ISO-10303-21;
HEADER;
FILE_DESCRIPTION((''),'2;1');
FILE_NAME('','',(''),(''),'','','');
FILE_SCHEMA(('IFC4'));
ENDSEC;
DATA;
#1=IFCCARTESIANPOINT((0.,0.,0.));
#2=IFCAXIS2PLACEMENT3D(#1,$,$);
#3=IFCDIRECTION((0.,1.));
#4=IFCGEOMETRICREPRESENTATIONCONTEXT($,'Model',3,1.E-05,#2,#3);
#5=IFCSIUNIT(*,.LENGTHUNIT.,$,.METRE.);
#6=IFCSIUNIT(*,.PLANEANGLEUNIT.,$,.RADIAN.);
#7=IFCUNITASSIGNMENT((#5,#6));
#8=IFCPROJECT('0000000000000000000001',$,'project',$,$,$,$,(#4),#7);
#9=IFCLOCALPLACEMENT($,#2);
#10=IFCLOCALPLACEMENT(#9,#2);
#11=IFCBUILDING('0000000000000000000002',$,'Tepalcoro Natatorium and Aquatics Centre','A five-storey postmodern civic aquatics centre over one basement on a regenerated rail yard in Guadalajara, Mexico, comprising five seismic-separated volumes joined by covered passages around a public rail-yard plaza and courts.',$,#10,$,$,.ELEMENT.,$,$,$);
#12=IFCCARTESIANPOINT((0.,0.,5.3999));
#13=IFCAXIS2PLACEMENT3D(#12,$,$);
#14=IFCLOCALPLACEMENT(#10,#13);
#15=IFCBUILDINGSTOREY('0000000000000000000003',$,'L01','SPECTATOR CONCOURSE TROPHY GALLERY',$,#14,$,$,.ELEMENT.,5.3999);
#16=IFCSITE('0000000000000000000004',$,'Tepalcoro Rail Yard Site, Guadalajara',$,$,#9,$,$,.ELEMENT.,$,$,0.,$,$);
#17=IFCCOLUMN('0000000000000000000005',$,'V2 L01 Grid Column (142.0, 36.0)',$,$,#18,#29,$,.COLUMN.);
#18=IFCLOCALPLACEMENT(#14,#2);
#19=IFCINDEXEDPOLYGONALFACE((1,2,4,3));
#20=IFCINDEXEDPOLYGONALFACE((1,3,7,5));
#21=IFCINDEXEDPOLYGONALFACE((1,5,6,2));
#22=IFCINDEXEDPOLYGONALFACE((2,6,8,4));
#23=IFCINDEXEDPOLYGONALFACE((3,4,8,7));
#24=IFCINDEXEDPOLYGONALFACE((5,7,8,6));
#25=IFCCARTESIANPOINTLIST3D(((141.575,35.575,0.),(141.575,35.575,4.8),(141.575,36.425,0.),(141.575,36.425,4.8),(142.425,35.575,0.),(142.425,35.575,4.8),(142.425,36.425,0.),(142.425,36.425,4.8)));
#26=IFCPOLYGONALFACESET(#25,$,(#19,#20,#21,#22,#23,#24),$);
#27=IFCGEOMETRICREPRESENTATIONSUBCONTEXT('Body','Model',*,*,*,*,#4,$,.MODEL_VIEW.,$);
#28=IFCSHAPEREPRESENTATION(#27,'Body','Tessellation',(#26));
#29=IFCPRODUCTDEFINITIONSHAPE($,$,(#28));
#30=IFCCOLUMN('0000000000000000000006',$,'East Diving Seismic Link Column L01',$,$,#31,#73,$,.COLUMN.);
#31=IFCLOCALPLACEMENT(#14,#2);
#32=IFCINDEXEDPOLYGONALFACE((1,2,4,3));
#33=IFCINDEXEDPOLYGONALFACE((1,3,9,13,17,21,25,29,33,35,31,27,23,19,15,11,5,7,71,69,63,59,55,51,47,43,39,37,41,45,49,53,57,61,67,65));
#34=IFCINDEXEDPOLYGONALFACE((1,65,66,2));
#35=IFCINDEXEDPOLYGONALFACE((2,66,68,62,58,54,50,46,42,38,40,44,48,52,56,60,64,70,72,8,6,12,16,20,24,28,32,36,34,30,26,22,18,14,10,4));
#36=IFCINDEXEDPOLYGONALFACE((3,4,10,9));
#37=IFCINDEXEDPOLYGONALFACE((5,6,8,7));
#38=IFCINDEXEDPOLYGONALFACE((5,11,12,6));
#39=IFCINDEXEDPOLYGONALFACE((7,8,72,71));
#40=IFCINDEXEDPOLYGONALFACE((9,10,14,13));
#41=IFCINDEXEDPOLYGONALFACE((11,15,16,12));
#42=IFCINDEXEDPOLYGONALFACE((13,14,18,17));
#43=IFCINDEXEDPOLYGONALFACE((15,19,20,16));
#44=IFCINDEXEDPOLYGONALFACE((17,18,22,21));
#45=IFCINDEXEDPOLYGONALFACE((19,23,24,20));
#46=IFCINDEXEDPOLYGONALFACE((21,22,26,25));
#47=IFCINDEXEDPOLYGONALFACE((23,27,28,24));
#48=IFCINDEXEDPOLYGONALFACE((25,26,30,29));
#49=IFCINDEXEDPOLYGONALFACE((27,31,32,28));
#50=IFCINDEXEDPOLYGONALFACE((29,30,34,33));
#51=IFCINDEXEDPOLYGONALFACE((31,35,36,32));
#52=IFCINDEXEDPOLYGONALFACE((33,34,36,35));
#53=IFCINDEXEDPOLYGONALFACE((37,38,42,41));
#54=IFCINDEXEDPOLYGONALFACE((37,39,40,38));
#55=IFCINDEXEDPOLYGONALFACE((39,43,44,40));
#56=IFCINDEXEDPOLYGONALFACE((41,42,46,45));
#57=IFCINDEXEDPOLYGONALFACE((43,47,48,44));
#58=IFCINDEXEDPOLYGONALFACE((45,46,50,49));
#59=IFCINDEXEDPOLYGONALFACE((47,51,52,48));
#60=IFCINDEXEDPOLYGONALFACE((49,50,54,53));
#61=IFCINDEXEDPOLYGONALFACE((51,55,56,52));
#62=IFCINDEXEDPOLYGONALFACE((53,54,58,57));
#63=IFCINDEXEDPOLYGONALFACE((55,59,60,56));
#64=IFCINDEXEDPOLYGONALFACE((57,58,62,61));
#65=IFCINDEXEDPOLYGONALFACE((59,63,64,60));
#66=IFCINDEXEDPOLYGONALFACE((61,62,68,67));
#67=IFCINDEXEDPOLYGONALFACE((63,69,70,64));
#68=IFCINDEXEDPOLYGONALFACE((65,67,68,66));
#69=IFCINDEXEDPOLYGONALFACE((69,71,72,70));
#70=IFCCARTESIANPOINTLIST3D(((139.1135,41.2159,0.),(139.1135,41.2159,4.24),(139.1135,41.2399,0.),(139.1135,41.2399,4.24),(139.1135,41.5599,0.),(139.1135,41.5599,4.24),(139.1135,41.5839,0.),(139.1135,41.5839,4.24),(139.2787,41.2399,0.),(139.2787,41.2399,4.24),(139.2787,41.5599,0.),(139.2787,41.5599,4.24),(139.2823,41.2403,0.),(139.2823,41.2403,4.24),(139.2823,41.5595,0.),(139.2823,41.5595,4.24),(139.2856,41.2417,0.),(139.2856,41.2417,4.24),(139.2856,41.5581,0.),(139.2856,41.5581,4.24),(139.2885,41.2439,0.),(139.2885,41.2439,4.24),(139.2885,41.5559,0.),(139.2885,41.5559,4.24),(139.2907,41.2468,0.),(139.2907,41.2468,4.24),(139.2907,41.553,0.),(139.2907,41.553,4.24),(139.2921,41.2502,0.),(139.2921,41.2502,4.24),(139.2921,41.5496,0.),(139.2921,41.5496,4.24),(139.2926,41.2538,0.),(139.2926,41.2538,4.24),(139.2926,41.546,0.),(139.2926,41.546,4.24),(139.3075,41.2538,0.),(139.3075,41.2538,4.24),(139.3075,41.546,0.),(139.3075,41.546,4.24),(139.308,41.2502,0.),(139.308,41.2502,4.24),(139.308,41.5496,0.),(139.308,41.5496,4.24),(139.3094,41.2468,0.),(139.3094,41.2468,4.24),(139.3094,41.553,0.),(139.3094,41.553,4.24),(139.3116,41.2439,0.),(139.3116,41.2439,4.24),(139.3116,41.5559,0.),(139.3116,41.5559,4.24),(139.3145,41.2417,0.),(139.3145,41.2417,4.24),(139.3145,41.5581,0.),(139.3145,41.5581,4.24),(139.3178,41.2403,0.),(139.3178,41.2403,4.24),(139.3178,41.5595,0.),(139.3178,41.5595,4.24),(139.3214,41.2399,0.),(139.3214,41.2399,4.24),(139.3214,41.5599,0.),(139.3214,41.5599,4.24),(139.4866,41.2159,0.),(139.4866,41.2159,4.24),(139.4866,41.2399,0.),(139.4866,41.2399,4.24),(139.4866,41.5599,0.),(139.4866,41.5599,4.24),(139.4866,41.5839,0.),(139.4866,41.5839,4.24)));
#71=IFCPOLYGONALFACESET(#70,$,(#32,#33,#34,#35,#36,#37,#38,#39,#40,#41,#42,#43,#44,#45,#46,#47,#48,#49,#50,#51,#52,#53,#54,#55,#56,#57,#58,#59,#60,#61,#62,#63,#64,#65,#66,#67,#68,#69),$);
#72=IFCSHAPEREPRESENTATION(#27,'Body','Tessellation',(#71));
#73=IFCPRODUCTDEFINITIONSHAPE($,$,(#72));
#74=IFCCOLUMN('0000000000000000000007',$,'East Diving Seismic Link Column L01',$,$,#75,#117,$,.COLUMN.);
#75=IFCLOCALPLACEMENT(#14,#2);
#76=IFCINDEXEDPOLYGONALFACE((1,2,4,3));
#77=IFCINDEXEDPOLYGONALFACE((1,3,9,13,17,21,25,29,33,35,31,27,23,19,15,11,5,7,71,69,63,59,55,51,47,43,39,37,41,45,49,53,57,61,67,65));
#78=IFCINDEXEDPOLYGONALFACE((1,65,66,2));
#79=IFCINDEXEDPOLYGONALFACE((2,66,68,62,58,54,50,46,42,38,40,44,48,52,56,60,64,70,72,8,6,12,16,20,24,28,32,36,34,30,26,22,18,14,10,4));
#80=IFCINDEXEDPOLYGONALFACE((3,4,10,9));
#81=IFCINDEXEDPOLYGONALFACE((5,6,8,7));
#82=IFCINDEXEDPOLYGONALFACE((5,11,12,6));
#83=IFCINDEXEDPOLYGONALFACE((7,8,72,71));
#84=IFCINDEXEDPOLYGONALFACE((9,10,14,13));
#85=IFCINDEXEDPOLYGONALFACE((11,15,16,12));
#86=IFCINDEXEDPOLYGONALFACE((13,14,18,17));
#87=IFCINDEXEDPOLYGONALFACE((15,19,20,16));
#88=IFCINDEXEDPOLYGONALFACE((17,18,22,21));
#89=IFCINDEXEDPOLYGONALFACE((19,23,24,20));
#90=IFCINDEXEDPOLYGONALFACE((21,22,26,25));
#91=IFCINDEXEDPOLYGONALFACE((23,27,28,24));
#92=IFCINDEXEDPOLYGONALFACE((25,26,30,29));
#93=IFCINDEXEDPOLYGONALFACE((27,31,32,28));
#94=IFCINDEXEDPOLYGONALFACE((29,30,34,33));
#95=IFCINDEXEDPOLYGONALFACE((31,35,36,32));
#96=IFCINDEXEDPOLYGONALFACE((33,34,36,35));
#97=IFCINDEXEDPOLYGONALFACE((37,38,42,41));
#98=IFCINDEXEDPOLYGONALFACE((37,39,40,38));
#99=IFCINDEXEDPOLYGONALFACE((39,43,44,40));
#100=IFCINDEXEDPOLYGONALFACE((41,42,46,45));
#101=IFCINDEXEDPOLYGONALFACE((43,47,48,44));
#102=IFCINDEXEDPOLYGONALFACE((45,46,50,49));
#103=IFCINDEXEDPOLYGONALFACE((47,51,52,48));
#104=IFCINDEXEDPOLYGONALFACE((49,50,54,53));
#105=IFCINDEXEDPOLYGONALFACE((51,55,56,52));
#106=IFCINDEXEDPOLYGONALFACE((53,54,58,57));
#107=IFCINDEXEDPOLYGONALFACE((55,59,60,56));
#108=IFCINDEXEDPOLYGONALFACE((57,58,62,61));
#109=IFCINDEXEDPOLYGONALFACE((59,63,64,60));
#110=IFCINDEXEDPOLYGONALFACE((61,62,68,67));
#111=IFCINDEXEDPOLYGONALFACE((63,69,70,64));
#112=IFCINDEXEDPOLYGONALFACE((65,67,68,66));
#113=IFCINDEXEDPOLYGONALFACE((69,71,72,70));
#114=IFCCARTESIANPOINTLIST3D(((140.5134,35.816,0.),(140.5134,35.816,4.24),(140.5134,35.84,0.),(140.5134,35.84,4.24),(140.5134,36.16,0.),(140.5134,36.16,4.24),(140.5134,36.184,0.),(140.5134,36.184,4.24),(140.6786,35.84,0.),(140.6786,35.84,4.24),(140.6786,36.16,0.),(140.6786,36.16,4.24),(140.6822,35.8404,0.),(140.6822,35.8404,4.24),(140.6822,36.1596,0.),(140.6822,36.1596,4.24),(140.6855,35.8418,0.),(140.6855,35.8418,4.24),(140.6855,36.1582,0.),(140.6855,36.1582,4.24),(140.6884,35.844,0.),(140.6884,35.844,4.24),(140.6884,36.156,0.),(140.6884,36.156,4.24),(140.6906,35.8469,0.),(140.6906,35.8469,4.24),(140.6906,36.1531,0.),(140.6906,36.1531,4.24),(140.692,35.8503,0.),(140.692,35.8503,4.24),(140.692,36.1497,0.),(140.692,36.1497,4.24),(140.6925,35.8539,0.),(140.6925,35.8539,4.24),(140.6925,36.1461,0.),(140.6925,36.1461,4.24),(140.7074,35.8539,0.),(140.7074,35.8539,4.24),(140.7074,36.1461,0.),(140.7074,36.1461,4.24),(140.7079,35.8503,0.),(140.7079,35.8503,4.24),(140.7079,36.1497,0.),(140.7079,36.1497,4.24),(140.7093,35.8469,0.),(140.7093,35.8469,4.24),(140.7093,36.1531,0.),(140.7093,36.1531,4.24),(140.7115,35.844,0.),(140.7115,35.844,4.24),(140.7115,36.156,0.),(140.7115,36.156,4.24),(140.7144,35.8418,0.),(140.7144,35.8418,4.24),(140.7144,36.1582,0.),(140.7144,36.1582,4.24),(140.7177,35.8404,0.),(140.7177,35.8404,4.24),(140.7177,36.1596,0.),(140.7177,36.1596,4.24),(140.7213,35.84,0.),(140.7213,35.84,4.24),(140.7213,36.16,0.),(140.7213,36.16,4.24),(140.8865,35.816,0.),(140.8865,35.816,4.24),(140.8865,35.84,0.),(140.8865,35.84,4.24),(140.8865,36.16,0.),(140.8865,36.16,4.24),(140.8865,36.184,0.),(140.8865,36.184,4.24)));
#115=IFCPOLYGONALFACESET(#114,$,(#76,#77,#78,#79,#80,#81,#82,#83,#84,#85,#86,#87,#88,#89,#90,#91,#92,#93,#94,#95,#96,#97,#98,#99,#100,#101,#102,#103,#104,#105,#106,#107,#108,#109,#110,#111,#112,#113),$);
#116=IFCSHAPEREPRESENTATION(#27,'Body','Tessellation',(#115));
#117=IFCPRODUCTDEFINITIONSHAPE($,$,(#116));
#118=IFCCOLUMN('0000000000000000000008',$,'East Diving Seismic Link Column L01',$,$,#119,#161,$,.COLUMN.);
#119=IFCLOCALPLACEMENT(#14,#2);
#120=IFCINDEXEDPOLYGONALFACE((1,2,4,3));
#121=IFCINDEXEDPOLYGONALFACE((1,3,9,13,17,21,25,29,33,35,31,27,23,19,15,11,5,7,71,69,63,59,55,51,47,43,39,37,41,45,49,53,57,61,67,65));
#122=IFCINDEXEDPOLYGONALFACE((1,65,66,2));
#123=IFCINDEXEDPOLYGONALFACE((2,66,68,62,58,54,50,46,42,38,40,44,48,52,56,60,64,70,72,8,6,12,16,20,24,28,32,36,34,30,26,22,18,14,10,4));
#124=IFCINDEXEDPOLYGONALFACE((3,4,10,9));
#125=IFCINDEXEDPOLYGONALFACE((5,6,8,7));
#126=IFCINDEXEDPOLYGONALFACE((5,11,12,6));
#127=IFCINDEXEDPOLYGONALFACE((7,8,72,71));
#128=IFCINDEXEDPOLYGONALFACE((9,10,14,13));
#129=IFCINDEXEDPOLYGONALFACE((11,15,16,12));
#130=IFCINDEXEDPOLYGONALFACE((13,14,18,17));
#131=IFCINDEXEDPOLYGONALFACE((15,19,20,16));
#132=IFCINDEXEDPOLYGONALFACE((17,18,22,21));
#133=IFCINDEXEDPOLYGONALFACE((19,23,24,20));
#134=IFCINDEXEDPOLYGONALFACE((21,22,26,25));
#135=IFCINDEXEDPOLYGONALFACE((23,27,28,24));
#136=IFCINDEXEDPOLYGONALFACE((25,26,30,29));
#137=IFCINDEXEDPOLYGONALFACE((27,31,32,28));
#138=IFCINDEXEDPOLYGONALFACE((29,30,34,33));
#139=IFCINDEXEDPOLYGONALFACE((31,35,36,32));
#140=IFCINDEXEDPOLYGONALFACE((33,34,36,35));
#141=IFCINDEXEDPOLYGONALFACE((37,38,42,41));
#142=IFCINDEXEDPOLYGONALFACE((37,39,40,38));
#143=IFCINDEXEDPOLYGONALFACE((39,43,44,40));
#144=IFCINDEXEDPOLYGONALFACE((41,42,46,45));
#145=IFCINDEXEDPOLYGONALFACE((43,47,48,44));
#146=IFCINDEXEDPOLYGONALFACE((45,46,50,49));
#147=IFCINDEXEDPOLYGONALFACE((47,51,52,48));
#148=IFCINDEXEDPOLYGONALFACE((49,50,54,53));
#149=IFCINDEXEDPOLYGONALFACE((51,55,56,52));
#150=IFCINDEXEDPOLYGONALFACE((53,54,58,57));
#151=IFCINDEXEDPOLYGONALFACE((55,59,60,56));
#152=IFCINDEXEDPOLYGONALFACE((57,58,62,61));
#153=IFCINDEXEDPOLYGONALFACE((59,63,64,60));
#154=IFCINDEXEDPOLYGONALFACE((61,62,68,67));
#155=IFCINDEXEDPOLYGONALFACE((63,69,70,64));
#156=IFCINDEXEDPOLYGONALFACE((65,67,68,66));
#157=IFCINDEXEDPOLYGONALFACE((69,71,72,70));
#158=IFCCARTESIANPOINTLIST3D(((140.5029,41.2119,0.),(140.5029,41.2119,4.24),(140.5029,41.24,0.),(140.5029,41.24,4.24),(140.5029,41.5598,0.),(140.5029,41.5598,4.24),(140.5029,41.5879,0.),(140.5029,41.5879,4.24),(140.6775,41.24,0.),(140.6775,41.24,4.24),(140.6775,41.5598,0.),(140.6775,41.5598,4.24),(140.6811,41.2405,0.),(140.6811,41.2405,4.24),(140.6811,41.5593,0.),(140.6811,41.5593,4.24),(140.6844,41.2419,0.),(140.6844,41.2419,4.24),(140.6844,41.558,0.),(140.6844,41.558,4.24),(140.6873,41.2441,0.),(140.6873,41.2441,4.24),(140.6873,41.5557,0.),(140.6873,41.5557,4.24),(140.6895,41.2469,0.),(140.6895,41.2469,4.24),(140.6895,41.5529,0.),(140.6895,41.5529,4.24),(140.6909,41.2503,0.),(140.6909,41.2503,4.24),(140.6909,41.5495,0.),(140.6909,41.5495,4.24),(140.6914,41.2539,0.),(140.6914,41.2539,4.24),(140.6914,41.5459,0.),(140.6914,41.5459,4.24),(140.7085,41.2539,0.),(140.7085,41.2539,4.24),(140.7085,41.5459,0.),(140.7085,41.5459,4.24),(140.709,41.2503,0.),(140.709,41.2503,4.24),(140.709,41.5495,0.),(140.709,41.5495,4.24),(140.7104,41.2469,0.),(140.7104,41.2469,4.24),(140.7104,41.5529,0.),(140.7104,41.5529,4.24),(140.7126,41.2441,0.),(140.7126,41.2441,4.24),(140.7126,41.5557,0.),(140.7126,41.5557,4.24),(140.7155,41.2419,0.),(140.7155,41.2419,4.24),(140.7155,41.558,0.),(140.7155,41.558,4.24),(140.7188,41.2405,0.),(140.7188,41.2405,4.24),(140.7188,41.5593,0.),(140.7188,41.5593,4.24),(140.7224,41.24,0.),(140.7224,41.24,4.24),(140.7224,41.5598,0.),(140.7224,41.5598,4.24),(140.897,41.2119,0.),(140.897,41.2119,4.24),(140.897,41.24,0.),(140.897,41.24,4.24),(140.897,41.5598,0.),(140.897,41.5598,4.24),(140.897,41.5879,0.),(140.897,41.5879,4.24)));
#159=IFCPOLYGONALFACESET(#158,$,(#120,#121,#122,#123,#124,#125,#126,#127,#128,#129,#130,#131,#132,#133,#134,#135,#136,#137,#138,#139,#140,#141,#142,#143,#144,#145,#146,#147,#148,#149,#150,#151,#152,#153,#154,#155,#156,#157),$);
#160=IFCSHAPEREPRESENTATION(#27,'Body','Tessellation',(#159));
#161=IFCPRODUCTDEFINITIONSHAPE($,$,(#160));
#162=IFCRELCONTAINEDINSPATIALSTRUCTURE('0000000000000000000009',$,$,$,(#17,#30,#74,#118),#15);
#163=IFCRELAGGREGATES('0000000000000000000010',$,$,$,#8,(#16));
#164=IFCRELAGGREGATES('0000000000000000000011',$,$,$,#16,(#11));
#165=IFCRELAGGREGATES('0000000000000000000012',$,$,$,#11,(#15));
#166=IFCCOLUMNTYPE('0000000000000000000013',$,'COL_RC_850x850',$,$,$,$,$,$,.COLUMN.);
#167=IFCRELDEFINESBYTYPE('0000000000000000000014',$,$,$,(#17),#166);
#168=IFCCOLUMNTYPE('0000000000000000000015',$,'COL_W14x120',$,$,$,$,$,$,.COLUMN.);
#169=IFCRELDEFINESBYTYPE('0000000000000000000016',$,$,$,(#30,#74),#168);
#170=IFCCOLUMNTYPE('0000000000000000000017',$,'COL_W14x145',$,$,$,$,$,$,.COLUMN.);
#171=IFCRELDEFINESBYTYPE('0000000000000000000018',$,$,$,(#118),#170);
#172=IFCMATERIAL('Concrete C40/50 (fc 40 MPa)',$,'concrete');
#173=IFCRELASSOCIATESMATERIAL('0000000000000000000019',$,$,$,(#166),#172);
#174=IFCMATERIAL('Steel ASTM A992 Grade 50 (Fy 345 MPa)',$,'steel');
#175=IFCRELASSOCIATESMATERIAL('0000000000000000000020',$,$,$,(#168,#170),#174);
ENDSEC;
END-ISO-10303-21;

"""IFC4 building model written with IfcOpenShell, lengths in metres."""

from ifc_helpers import new_model, si_unit, direction, frame, origin, origin_2d, place, context, subcontext, project, spatial, rectangle, i_section, extrude, material, material_profile, profile_set, type_object, element, save


model = new_model("IFC4")

# Units and contexts
model_context = context("Model", 3, precision=1e-05, world=origin(), true_north=direction((0.0, 1.0)))
body_context = subcontext(model_context, "Body", "Model", "MODEL_VIEW")
ifc_project = project(units=[si_unit("LENGTHUNIT", "METRE"), si_unit("PLANEANGLEUNIT", "RADIAN")], contexts=[model_context])

# Site, building, storey
site_placement = place(None, origin())
site = spatial("IfcSite", under=ifc_project, at=site_placement, Name="Tepalcoro Rail Yard Site, Guadalajara", CompositionType="ELEMENT", RefElevation=0.0)
building_placement = place(site_placement, origin())
building = spatial("IfcBuilding", under=site, at=building_placement, Name="Tepalcoro Natatorium and Aquatics Centre", Description="A five-storey postmodern civic aquatics centre over one basement on a regenerated rail yard in Guadalajara, Mexico, comprising five seismic-separated volumes joined by covered passages around a public rail-yard plaza and courts.", CompositionType="ELEMENT")
storey_placement = place(building_placement, frame((0.0, 0.0, 5.3999)))
storey = spatial("IfcBuildingStorey", under=building, at=storey_placement, Name="L01", Description="SPECTATOR CONCOURSE TROPHY GALLERY", CompositionType="ELEMENT", Elevation=5.3999)

# Columns
ifc_material_1 = material(Name="Concrete C40/50 (fc 40 MPa)", Category="concrete")
ifc_material_profile_1 = material_profile(ifc_material_1, rectangle(XDim=0.8501, YDim=0.8501, at=origin_2d()), Name="RC850x850")
ifc_profile_set_1 = profile_set([ifc_material_profile_1], Name="Concrete C40/50 (fc 40 MPa)")
column_type_1 = type_object("IfcColumnType", Name="COL_RC_850x850", PredefinedType="COLUMN", material=ifc_profile_set_1)
column_1_placement = place(storey_placement, frame((142.0, 36.0, 0.0), z_axis=(0.0, 0.0, 1.0), x_axis=(1.0, 0.0, 0.0)))
element("IfcColumn", 1, at=column_1_placement, inside=storey, type_object=column_type_1, Name="V2 L01 Grid Column (142.0, 36.0)", PredefinedType="COLUMN", context=body_context, shape_type="SweptSolid", body=[
    extrude(rectangle(XDim=0.8501, YDim=0.8501, at=origin_2d()), origin(), (0.0, 0.0, 1.0), 4.8),
])
ifc_material_2 = material(Name="Steel ASTM A992 Grade 50 (Fy 345 MPa)", Category="steel")
ifc_material_profile_2 = material_profile(ifc_material_2, i_section(OverallWidth=0.373, OverallDepth=0.3679, WebThickness=0.0149, FlangeThickness=0.0239, FilletRadius=0.0139, at=origin_2d()), Name="W14X120")
ifc_profile_set_2 = profile_set([ifc_material_profile_2], Name="Steel ASTM A992 Grade 50 (Fy 345 MPa)")
column_type_2 = type_object("IfcColumnType", Name="COL_W14x120", PredefinedType="COLUMN", material=ifc_profile_set_2)
for number, where, z_axis, x_axis, name in (
    (2, (139.3, 41.3999, 0.0), (0.0, 0.0, 1.0), (1.0, 0.0, 0.0), "East Diving Seismic Link Column L01"),
    (3, (140.7, 36.0, 0.0), (0.0, 0.0, 1.0), (1.0, 0.0, 0.0), "East Diving Seismic Link Column L01"),
):
    element("IfcColumn", number, at=place(storey_placement, frame(where, z_axis=z_axis, x_axis=x_axis)), inside=storey, type_object=column_type_2, Name=name, PredefinedType="COLUMN", context=body_context, shape_type="SweptSolid", body=[
        extrude(i_section(OverallWidth=0.373, OverallDepth=0.3679, WebThickness=0.0149, FlangeThickness=0.0239, FilletRadius=0.0139, at=origin_2d()), origin(), (0.0, 0.0, 1.0), 4.24),
    ])
ifc_material_profile_3 = material_profile(ifc_material_2, i_section(OverallWidth=0.394, OverallDepth=0.376, WebThickness=0.0171, FlangeThickness=0.0281, FilletRadius=0.0139, at=origin_2d()), Name="W14X145")
ifc_profile_set_3 = profile_set([ifc_material_profile_3], Name="Steel ASTM A992 Grade 50 (Fy 345 MPa)")
column_type_3 = type_object("IfcColumnType", Name="COL_W14x145", PredefinedType="COLUMN", material=ifc_profile_set_3)
column_2_placement = place(storey_placement, frame((140.7, 41.3999, 0.0), z_axis=(0.0, 0.0, 1.0), x_axis=(1.0, 0.0, 0.0)))
element("IfcColumn", 4, at=column_2_placement, inside=storey, type_object=column_type_3, Name="East Diving Seismic Link Column L01", PredefinedType="COLUMN", context=body_context, shape_type="SweptSolid", body=[
    extrude(i_section(OverallWidth=0.394, OverallDepth=0.376, WebThickness=0.0171, FlangeThickness=0.0281, FilletRadius=0.0139, at=origin_2d()), origin(), (0.0, 0.0, 1.0), 4.24),
])

save(model, "model.ifc")
